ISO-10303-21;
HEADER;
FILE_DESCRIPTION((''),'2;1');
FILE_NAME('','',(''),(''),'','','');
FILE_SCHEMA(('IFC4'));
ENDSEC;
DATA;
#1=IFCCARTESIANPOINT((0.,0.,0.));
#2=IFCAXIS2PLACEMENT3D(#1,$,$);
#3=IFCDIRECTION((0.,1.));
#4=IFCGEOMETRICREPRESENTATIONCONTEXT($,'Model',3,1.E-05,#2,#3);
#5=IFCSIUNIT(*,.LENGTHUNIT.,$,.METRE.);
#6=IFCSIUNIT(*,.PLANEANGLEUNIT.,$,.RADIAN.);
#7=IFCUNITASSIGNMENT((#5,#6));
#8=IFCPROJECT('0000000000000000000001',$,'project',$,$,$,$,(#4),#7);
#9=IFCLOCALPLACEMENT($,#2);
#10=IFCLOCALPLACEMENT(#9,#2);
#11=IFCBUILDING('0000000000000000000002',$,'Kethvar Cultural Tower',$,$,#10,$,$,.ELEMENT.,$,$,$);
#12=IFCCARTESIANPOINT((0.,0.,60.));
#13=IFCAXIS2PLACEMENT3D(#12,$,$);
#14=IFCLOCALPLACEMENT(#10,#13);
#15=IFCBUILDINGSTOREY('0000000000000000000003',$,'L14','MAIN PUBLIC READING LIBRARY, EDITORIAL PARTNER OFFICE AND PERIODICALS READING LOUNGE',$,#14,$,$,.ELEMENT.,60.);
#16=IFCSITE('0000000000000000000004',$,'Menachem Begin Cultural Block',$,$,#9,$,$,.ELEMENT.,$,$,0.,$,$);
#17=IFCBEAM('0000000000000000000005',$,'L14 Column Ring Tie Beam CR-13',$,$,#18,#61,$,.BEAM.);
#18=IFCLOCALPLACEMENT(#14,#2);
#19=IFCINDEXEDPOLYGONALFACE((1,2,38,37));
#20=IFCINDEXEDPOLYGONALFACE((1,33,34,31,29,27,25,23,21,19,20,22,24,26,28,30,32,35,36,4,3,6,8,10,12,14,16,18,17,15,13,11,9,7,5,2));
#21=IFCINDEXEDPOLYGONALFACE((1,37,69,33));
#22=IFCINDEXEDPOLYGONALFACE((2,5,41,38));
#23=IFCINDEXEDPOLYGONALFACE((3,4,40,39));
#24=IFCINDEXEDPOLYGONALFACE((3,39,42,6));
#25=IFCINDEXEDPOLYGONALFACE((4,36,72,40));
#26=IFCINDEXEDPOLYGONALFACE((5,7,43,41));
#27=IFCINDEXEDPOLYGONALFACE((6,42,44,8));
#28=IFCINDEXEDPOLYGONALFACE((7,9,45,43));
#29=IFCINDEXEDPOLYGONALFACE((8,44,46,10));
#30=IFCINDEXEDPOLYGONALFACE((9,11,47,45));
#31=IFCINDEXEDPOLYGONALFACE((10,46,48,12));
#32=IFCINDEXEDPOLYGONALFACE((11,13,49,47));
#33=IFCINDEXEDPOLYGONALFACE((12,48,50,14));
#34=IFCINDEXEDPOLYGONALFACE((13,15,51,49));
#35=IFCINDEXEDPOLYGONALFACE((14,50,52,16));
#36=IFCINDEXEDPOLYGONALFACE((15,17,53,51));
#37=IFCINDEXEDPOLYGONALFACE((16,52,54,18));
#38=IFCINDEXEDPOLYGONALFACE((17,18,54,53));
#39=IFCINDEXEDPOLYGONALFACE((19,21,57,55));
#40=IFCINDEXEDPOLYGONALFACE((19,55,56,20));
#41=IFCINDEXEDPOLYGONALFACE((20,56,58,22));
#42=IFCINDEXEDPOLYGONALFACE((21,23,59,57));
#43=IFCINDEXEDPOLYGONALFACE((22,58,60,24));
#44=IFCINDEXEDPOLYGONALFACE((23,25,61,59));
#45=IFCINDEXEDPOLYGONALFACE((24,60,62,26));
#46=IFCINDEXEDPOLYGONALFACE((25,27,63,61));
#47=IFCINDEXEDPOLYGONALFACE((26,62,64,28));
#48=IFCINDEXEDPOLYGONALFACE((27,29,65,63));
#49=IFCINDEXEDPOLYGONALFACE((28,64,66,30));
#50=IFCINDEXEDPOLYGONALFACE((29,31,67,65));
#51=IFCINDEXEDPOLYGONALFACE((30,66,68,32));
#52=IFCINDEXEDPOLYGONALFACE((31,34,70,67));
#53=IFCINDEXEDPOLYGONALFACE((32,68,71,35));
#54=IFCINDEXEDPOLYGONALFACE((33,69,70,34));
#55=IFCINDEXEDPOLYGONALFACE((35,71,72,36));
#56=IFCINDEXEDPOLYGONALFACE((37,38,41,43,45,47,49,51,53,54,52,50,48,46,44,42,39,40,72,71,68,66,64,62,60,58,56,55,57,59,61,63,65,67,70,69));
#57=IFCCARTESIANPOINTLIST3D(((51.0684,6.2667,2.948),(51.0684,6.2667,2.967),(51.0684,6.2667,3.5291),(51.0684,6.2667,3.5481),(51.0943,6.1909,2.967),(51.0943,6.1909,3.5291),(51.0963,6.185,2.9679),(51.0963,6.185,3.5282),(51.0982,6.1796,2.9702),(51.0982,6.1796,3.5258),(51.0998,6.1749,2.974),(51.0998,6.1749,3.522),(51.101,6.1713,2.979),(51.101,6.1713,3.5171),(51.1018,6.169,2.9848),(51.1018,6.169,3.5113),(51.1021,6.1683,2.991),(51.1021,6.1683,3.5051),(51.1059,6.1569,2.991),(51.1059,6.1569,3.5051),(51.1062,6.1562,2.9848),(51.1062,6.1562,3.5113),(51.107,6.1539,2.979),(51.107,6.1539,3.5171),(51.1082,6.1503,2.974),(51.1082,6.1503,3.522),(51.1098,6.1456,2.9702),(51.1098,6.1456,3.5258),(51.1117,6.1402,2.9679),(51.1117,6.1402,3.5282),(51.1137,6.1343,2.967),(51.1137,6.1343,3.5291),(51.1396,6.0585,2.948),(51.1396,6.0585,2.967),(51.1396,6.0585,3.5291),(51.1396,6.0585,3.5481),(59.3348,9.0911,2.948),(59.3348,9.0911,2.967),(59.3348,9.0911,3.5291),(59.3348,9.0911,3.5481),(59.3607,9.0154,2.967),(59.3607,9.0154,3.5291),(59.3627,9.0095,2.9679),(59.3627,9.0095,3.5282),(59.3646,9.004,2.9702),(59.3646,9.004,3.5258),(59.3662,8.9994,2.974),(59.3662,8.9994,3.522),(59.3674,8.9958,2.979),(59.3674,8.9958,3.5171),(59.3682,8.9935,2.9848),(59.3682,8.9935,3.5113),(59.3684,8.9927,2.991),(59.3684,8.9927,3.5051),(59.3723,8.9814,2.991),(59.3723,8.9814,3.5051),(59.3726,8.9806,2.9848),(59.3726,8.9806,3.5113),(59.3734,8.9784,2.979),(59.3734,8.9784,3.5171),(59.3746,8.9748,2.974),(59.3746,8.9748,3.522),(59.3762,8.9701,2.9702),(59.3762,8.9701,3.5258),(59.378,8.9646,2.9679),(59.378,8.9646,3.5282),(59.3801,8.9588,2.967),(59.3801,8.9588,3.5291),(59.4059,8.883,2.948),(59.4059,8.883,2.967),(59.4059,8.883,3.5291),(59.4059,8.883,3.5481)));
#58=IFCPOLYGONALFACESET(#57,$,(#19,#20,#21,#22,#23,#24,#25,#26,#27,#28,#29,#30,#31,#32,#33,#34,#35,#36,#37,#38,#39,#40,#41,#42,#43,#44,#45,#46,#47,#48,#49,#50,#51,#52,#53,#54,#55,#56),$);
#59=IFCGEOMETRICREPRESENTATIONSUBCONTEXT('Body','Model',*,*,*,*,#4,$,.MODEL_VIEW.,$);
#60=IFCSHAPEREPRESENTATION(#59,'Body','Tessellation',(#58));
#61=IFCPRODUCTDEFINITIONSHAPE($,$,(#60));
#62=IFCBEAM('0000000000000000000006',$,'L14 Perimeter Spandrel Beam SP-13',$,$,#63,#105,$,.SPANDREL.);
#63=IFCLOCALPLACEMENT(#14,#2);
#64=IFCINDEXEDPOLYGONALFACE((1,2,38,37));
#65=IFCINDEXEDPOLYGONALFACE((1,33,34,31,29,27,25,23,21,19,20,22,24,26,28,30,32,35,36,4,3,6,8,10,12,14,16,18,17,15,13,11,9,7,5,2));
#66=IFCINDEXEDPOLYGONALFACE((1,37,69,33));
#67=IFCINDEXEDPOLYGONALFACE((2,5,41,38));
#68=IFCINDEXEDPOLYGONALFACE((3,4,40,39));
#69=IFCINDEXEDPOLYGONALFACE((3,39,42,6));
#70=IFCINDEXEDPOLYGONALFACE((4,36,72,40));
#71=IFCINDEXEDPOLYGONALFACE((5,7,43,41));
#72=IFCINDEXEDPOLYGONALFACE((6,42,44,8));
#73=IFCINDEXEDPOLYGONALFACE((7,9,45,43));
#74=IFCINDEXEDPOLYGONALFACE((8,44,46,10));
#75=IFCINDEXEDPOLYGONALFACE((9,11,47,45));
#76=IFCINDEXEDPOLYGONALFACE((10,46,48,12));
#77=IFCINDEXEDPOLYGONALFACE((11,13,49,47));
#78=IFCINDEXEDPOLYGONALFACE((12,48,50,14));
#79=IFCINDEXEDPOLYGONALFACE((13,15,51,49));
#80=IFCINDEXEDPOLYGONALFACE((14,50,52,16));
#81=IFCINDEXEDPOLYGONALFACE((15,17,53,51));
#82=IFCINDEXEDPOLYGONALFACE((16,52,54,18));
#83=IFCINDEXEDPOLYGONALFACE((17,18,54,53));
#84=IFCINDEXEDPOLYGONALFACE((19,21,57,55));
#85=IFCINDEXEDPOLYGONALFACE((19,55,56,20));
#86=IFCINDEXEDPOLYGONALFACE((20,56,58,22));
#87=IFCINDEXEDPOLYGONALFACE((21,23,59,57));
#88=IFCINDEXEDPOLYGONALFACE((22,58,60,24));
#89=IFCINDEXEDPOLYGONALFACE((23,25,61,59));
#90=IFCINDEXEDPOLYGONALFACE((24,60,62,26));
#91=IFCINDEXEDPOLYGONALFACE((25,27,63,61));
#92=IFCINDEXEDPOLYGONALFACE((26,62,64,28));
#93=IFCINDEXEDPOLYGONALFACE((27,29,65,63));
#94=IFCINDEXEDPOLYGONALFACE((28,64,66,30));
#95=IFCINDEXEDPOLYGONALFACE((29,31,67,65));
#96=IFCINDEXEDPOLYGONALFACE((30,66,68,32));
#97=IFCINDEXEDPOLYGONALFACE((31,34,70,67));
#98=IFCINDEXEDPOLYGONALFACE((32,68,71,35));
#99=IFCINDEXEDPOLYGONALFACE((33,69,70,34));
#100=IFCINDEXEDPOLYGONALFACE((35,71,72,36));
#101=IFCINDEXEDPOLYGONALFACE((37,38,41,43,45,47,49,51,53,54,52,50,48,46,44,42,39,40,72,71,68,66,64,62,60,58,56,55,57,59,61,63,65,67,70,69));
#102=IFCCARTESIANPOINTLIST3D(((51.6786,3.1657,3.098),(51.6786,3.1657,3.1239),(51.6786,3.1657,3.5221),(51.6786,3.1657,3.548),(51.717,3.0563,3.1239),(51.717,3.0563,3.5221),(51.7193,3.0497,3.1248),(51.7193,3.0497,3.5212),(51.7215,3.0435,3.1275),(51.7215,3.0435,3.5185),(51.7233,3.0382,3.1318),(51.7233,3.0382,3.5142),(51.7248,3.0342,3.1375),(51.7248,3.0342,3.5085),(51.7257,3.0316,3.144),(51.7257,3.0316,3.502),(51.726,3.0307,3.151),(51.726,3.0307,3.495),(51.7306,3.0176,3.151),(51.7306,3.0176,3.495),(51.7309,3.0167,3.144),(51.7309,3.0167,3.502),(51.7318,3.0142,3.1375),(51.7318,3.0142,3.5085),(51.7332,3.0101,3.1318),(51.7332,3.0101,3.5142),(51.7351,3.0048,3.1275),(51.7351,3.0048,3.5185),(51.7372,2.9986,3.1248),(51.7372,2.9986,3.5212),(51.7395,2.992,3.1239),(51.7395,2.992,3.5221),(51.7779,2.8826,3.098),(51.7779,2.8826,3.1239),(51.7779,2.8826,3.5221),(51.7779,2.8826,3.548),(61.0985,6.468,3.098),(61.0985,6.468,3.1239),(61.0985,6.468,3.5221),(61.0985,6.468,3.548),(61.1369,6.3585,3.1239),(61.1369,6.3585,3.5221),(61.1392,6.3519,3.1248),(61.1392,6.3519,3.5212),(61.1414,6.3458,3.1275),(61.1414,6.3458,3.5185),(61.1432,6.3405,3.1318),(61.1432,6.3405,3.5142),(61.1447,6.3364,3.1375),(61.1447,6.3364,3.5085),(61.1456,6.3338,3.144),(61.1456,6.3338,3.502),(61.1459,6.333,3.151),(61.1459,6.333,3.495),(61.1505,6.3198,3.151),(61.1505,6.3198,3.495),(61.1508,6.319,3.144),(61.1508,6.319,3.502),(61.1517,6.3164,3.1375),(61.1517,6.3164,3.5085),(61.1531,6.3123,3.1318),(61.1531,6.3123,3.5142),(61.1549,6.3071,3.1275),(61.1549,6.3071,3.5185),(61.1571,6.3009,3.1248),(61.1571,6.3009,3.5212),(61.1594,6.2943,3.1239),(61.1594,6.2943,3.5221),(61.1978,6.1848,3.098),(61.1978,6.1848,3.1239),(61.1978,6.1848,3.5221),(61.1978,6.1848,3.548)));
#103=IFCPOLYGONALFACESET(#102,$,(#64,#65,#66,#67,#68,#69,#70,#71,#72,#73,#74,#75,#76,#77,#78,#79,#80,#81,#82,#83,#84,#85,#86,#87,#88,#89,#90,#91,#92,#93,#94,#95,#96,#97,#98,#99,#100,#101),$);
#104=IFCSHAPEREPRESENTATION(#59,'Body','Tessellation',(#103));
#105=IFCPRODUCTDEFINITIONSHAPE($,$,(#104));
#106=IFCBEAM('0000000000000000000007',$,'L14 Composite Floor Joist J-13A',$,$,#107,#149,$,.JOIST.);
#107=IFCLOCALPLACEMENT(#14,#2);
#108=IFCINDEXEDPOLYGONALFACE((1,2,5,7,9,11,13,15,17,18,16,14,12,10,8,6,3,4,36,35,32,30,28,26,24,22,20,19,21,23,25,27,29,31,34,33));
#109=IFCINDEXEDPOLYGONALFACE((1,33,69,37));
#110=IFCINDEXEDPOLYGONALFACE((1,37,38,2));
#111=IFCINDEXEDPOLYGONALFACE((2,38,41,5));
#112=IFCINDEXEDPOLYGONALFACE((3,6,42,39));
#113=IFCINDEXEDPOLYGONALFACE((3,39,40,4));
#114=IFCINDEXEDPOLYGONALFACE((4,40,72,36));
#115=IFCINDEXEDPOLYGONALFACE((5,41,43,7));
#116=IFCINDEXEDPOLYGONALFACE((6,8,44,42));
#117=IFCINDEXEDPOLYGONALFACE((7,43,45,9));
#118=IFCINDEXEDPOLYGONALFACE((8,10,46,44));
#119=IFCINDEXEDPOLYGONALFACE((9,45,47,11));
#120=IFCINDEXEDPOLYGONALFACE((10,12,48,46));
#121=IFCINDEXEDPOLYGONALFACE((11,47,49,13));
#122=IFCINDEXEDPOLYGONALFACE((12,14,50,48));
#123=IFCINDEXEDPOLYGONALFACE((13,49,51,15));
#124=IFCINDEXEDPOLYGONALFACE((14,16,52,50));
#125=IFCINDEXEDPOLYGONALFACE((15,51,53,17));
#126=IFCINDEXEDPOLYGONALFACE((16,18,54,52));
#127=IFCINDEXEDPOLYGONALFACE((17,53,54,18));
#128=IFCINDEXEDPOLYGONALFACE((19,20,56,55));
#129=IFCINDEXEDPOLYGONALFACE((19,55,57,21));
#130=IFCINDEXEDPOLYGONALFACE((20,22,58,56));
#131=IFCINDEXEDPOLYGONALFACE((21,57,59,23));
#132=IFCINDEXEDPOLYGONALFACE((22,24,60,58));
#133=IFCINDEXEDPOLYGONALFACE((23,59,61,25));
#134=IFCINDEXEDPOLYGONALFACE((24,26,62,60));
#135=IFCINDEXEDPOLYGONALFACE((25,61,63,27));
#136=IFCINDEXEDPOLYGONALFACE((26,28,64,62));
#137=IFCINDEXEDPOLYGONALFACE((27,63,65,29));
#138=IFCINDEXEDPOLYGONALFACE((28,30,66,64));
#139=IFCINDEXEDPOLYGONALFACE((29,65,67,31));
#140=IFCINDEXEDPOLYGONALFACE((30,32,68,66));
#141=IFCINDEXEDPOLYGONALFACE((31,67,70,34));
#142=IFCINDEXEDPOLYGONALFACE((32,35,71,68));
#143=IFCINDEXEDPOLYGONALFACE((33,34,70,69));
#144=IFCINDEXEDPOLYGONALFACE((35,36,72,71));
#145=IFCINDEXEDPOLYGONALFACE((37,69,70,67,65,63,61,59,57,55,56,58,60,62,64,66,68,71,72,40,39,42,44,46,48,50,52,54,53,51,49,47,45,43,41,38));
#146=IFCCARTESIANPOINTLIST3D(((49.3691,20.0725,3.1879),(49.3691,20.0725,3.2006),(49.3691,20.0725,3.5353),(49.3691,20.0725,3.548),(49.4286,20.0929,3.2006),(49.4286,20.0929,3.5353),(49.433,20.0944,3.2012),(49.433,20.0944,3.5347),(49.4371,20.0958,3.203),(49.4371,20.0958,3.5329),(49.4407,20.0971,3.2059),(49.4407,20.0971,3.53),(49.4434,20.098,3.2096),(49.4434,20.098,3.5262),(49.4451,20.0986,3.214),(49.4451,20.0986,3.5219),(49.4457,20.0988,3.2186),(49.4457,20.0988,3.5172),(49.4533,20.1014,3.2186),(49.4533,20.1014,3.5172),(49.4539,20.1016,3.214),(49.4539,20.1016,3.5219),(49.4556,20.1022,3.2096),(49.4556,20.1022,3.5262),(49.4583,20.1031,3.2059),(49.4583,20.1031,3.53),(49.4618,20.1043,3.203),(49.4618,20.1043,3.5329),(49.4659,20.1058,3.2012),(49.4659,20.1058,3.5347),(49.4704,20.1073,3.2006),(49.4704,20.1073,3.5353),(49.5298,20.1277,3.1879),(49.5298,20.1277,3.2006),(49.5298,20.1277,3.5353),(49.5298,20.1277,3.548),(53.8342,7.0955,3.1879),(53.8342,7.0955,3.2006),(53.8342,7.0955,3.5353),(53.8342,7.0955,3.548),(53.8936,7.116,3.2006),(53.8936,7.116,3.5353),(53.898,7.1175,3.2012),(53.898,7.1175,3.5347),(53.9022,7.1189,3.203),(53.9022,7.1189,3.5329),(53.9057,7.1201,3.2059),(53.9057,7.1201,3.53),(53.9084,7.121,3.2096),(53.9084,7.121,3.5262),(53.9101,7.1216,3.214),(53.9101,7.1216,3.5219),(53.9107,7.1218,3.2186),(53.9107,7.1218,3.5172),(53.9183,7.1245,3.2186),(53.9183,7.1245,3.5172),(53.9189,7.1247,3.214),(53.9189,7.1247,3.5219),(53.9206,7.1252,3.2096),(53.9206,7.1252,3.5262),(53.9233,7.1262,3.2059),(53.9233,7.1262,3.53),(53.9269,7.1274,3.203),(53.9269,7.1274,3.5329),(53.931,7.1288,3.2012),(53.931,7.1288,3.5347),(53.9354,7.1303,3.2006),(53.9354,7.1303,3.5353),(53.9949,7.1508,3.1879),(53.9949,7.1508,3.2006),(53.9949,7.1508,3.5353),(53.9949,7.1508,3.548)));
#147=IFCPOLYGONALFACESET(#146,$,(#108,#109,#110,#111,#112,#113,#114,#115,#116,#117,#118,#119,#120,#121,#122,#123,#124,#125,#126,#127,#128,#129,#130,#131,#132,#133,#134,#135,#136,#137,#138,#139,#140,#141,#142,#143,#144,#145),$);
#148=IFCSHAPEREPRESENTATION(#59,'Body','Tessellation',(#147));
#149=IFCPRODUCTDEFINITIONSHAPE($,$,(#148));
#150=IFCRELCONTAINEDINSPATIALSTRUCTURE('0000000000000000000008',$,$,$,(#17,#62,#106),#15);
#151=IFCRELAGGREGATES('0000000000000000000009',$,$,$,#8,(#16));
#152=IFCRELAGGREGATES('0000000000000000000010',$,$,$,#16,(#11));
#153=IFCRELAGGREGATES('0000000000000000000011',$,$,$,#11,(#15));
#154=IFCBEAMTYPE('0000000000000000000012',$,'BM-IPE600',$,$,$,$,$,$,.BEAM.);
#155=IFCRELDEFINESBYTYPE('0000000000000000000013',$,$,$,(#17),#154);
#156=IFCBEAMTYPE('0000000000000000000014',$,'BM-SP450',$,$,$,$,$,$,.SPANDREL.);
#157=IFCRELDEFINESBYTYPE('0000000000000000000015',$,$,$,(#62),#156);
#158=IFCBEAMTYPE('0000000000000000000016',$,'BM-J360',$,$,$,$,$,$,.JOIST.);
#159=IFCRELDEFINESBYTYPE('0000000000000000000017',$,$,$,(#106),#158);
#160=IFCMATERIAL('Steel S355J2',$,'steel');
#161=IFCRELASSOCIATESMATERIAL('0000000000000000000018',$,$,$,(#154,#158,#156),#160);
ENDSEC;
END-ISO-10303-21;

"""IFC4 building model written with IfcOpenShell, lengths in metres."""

from ifc_helpers import new_model, si_unit, direction, frame, origin, origin_2d, place, context, subcontext, project, spatial, i_section, extrude, source, transform, mapped, material, material_profile, profile_set, type_object, element, save


model = new_model("IFC4")

# Units and contexts
model_context = context("Model", 3, precision=1e-05, world=origin(), true_north=direction((0.0, 1.0)))
body_context = subcontext(model_context, "Body", "Model", "MODEL_VIEW")
ifc_project = project(units=[si_unit("LENGTHUNIT", "METRE"), si_unit("PLANEANGLEUNIT", "RADIAN")], contexts=[model_context])

# Site, building, storey
site_placement = place(None, origin())
site = spatial("IfcSite", under=ifc_project, at=site_placement, Name="Menachem Begin Cultural Block", CompositionType="ELEMENT", RefElevation=0.0)
building_placement = place(site_placement, origin())
building = spatial("IfcBuilding", under=site, at=building_placement, Name="Kethvar Cultural Tower", CompositionType="ELEMENT")
storey_placement = place(building_placement, frame((0.0, 0.0, 60.0)))
storey = spatial("IfcBuildingStorey", under=building, at=storey_placement, Name="L14", Description="MAIN PUBLIC READING LIBRARY, EDITORIAL PARTNER OFFICE AND PERIODICALS READING LOUNGE", CompositionType="ELEMENT", Elevation=60.0)

# Beams
ifc_material_1 = material(Name="Steel S355J2", Category="steel")
ifc_material_profile_1 = material_profile(ifc_material_1, i_section(OverallWidth=0.22, OverallDepth=0.6001, WebThickness=0.012, FlangeThickness=0.019, FilletRadius=0.0239, at=origin_2d()), Name="Steel S355J2 — IPE600")
ifc_profile_set_1 = profile_set([ifc_material_profile_1], Name="Steel S355J2 — IPE600")
beam_type_1 = type_object("IfcBeamType", Name="BM-IPE600", PredefinedType="BEAM", material=ifc_profile_set_1)
ifc_material_profile_2 = material_profile(ifc_material_1, i_section(OverallWidth=0.1699, OverallDepth=0.3601, WebThickness=0.0081, FlangeThickness=0.0127, FilletRadius=0.0181, at=origin_2d()), Name="Steel S355J2 — IPE360")
ifc_profile_set_2 = profile_set([ifc_material_profile_2], Name="Steel S355J2 — IPE360")
beam_type_2 = type_object("IfcBeamType", Name="BM-J360", PredefinedType="JOIST", material=ifc_profile_set_2)
shared_shape_1 = source(origin(), body_context, "Body", "SweptSolid", [
    extrude(i_section(OverallWidth=0.22, OverallDepth=0.6001, WebThickness=0.012, FlangeThickness=0.019, FilletRadius=0.0239, at=origin_2d()), origin(), (0.0, 0.0, 1.0), 8.7356),
])
beam_1_placement = place(storey_placement, frame((51.104, 6.1626, 3.248), z_axis=(0.946287, 0.323329, 0.0), x_axis=(-0.323329, 0.946287, 0.0)))
element("IfcBeam", 1, at=beam_1_placement, inside=storey, type_object=beam_type_1, Name="L14 Column Ring Tie Beam CR-13", PredefinedType="BEAM", context=body_context, shape_type="MappedRepresentation", body=[
    mapped(shared_shape_1, transform((0.0, 0.0, 0.0), scale=1.0)),
])
ifc_material_profile_3 = material_profile(ifc_material_1, i_section(OverallWidth=0.3, OverallDepth=0.45, WebThickness=0.0139, FlangeThickness=0.0259, FilletRadius=0.0271, at=origin_2d()), Name="Steel S355J2 — HEB450")
ifc_profile_set_3 = profile_set([ifc_material_profile_3], Name="Steel S355J2 — HEB450")
beam_type_3 = type_object("IfcBeamType", Name="BM-SP450", PredefinedType="SPANDREL", material=ifc_profile_set_3)
shared_shape_2 = source(origin(), body_context, "Body", "SweptSolid", [
    extrude(i_section(OverallWidth=0.3, OverallDepth=0.45, WebThickness=0.0139, FlangeThickness=0.0259, FilletRadius=0.0271, at=origin_2d()), origin(), (0.0, 0.0, 1.0), 9.9819),
])
beam_2_placement = place(storey_placement, frame((51.7283, 3.0242, 3.323), z_axis=(0.943694, 0.330821, 0.0), x_axis=(-0.330821, 0.943694, 0.0)))
element("IfcBeam", 2, at=beam_2_placement, inside=storey, type_object=beam_type_3, Name="L14 Perimeter Spandrel Beam SP-13", PredefinedType="SPANDREL", context=body_context, shape_type="MappedRepresentation", body=[
    mapped(shared_shape_2, transform((0.0, 0.0, 0.0), scale=1.0)),
])
shared_shape_3 = source(origin(), body_context, "Body", "SweptSolid", [
    extrude(i_section(OverallWidth=0.1699, OverallDepth=0.3601, WebThickness=0.0081, FlangeThickness=0.0127, FilletRadius=0.0181, at=origin_2d()), origin(), (0.0, 0.0, 1.0), 13.7236),
])
beam_3_placement = place(storey_placement, frame((49.4495, 20.1001, 3.3679), z_axis=(0.325355, -0.945592, 0.0), x_axis=(0.945592, 0.325355, 0.0)))
element("IfcBeam", 3, at=beam_3_placement, inside=storey, type_object=beam_type_2, Name="L14 Composite Floor Joist J-13A", PredefinedType="JOIST", context=body_context, shape_type="MappedRepresentation", body=[
    mapped(shared_shape_3, transform((0.0, 0.0, 0.0), scale=1.0)),
])

save(model, "model.ifc")
